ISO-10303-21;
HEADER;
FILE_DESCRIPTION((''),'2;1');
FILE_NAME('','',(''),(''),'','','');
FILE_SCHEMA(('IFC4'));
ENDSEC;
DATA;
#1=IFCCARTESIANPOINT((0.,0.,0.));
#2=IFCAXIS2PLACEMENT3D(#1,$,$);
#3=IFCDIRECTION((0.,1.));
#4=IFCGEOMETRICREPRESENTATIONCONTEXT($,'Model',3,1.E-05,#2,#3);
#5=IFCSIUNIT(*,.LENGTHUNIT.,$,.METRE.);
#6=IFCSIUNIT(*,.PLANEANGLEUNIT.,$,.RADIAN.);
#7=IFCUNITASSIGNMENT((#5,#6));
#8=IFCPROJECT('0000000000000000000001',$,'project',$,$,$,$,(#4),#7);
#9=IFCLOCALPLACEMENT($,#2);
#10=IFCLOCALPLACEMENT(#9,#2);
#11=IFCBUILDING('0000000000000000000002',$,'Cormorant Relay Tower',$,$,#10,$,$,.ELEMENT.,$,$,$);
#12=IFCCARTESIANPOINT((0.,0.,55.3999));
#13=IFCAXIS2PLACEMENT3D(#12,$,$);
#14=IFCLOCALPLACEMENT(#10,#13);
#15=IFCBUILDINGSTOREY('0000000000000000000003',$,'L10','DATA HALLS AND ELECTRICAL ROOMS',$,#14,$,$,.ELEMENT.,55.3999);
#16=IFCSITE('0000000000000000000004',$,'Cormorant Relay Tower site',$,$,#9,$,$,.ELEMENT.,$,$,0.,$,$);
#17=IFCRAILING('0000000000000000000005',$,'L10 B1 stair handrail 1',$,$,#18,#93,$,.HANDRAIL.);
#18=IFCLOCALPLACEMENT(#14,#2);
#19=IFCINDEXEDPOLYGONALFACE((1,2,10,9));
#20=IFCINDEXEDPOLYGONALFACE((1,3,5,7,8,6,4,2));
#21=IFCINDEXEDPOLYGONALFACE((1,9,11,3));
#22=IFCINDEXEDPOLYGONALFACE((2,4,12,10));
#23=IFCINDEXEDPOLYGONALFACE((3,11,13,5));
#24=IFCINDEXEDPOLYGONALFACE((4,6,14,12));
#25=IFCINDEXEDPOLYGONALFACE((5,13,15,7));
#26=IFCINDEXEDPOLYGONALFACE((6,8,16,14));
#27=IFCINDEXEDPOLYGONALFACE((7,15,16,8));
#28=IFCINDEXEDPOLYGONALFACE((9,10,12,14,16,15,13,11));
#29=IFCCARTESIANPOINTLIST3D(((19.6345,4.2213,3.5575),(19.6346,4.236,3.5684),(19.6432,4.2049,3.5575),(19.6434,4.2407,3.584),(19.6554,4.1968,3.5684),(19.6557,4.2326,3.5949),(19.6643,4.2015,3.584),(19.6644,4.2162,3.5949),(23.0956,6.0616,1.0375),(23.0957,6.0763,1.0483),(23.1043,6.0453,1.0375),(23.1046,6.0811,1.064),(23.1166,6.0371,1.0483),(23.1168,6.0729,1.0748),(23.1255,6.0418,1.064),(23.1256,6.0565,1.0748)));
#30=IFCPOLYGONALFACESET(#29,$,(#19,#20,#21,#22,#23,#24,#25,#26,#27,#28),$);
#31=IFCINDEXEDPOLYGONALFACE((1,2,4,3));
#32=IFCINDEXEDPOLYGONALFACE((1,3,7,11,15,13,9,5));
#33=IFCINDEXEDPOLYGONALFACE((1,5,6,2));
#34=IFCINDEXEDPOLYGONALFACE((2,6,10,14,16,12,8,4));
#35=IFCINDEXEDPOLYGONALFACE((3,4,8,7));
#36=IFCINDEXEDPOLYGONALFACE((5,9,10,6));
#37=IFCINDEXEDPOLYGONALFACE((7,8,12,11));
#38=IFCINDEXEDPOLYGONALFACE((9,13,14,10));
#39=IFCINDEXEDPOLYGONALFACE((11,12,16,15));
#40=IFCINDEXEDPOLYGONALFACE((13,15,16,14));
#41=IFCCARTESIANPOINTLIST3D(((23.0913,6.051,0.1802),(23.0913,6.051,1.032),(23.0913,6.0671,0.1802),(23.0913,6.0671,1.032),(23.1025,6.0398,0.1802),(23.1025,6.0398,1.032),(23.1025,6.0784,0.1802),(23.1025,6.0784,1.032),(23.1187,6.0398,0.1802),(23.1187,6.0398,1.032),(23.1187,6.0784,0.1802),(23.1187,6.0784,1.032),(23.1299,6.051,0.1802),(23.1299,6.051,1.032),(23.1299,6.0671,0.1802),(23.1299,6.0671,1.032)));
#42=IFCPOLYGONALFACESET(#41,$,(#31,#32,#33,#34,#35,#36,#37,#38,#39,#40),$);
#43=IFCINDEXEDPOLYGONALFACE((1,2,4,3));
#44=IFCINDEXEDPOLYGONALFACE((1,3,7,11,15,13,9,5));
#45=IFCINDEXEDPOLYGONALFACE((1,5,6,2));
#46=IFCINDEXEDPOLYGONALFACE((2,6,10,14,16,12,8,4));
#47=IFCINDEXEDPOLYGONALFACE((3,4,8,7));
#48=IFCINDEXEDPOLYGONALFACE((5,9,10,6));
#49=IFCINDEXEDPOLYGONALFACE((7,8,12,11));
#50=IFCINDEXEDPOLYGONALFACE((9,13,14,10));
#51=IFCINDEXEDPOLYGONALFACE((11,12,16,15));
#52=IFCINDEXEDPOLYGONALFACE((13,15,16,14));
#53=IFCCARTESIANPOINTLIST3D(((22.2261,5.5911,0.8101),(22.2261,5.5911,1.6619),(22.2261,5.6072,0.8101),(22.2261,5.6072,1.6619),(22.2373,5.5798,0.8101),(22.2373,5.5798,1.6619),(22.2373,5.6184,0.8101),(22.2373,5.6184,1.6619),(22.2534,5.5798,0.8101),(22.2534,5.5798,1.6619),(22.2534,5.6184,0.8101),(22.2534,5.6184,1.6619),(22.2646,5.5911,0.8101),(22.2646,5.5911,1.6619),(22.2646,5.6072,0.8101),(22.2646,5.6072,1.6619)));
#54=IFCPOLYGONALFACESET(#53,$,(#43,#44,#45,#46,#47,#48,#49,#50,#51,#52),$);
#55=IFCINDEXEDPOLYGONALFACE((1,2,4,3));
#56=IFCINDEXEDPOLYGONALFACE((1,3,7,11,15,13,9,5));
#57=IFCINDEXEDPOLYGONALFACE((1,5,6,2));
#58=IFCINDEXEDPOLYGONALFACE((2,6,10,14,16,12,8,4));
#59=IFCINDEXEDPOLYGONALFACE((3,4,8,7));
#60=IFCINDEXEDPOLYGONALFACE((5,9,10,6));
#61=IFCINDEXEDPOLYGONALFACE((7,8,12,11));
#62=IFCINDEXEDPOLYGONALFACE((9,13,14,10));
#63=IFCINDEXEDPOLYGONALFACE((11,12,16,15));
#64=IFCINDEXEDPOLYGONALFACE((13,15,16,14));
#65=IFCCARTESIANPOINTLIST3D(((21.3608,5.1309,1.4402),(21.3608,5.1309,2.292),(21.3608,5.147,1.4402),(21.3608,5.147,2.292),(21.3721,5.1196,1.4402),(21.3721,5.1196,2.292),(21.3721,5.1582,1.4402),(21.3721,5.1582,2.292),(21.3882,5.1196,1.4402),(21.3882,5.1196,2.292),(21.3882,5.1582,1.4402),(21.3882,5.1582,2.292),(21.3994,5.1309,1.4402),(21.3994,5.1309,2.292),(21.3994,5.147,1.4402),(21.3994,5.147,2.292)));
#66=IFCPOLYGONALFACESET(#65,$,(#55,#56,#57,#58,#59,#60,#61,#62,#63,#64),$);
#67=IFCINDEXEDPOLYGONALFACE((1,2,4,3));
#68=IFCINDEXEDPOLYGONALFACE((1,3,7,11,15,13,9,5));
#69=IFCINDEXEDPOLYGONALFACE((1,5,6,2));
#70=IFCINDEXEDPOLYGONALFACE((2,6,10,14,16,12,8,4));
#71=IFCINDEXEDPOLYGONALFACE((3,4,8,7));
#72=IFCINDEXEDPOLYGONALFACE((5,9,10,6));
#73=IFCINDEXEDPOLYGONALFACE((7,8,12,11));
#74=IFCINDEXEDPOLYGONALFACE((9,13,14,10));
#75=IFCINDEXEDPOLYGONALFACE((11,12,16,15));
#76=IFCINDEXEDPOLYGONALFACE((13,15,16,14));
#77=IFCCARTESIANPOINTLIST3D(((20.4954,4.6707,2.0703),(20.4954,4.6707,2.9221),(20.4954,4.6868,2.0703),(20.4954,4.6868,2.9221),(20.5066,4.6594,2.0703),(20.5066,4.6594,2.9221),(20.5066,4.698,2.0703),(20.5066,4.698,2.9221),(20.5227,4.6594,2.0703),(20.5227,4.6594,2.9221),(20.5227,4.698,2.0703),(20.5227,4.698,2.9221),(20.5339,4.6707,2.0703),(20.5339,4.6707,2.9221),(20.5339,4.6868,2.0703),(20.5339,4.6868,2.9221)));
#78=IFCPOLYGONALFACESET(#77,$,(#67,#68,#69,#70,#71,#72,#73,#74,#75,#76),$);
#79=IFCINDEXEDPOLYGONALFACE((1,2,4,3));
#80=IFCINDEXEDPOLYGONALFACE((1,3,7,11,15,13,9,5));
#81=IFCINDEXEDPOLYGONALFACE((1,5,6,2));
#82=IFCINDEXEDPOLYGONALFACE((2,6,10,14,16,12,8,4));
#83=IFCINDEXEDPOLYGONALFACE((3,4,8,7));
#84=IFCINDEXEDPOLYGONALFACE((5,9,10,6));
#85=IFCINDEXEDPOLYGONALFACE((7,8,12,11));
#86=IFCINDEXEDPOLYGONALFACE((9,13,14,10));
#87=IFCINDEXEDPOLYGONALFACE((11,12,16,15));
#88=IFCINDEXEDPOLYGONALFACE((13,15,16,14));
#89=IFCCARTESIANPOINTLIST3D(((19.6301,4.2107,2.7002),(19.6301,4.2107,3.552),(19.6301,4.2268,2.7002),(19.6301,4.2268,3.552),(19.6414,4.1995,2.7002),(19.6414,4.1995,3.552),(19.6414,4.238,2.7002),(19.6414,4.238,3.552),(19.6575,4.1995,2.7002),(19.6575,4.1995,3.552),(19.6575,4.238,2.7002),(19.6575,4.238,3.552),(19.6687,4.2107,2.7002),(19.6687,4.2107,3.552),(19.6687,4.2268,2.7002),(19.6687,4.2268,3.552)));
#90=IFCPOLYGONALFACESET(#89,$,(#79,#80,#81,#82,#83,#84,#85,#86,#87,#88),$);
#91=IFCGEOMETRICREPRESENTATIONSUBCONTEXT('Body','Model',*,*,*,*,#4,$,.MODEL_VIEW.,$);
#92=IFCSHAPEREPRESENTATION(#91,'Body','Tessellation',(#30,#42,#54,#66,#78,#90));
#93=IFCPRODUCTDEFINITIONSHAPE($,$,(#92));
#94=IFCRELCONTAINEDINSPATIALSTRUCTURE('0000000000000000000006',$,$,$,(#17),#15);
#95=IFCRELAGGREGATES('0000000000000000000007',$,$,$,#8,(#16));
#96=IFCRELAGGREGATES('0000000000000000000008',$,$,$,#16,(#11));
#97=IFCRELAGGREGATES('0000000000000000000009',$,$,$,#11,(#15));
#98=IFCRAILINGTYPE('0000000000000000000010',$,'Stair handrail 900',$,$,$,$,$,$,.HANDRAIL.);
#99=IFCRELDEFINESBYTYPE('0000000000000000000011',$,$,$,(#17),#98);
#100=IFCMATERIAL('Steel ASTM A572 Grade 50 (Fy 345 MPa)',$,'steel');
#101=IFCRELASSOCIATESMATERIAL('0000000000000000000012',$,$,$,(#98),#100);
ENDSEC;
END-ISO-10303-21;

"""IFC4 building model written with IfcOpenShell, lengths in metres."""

from ifc_helpers import new_model, si_unit, direction, frame, origin, place, context, subcontext, project, spatial, polyline, outline, extrude, material, type_object, element, save


model = new_model("IFC4")

# Units and contexts
model_context = context("Model", 3, precision=1e-05, world=origin(), true_north=direction((0.0, 1.0)))
body_context = subcontext(model_context, "Body", "Model", "MODEL_VIEW")
ifc_project = project(units=[si_unit("LENGTHUNIT", "METRE"), si_unit("PLANEANGLEUNIT", "RADIAN")], contexts=[model_context])

# Site, building, storey
site_placement = place(None, origin())
site = spatial("IfcSite", under=ifc_project, at=site_placement, Name="Cormorant Relay Tower site", CompositionType="ELEMENT", RefElevation=0.0)
building_placement = place(site_placement, origin())
building = spatial("IfcBuilding", under=site, at=building_placement, Name="Cormorant Relay Tower", CompositionType="ELEMENT")
storey_placement = place(building_placement, frame((0.0, 0.0, 55.3999)))
storey = spatial("IfcBuildingStorey", under=building, at=storey_placement, Name="L10", Description="DATA HALLS AND ELECTRICAL ROOMS", CompositionType="ELEMENT", Elevation=55.3999)

# Railing
ifc_material_1 = material(Name="Steel ASTM A572 Grade 50 (Fy 345 MPa)", Category="steel")
railing_type_1 = type_object("IfcRailingType", Name="Stair handrail 900", PredefinedType="HANDRAIL", material=ifc_material_1)
railing_1_placement = place(storey_placement, frame((23.1106, 6.0591, 0.1802)))
element("IfcRailing", 1, at=railing_1_placement, inside=storey, type_object=railing_type_1, Name="L10 B1 stair handrail 1", PredefinedType="HANDRAIL", context=body_context, shape_type="SweptSolid", body=[
    extrude(outline(polyline([(0.0222, 0.0093), (0.0093, 0.0222), (-0.0093, 0.0222), (-0.0222, 0.0093), (-0.0222, -0.0093), (-0.0093, -0.0222), (0.0093, -0.0222), (0.0222, -0.0093), (0.0222, 0.0093)])), frame((0.0, 0.0, 0.876), z_axis=(-0.742717, -0.394907, 0.540758), x_axis=(0.469469, -0.882949, 0.0)), (0.0, 0.0, 1.0), 4.6602),
    extrude(outline(polyline([(0.0193, 0.0081), (0.0081, 0.0193), (-0.0081, 0.0193), (-0.0193, 0.0081), (-0.0193, -0.0081), (-0.0081, -0.0193), (0.0081, -0.0193), (0.0193, -0.0081), (0.0193, 0.0081)])), origin(), (0.0, 0.0, 1.0), 0.8518),
    extrude(outline(polyline([(0.0193, 0.0081), (0.0081, 0.0193), (-0.0081, 0.0193), (-0.0193, 0.0081), (-0.0193, -0.0081), (-0.0081, -0.0193), (0.0081, -0.0193), (0.0193, -0.0081), (0.0193, 0.0081)])), frame((-0.8652, -0.46, 0.6299)), (0.0, 0.0, 1.0), 0.8518),
    extrude(outline(polyline([(0.0193, 0.0081), (0.0081, 0.0193), (-0.0081, 0.0193), (-0.0193, 0.0081), (-0.0193, -0.0081), (-0.0081, -0.0193), (0.0081, -0.0193), (0.0193, -0.0081), (0.0193, 0.0081)])), frame((-1.7305, -0.9202, 1.26)), (0.0, 0.0, 1.0), 0.8518),
    extrude(outline(polyline([(0.0193, 0.0081), (0.0081, 0.0193), (-0.0081, 0.0193), (-0.0193, 0.0081), (-0.0193, -0.0081), (-0.0081, -0.0193), (0.0081, -0.0193), (0.0193, -0.0081), (0.0193, 0.0081)])), frame((-2.5959, -1.3804, 1.8901)), (0.0, 0.0, 1.0), 0.8518),
    extrude(outline(polyline([(0.0193, 0.0081), (0.0081, 0.0193), (-0.0081, 0.0193), (-0.0193, 0.0081), (-0.0193, -0.0081), (-0.0081, -0.0193), (0.0081, -0.0193), (0.0193, -0.0081), (0.0193, 0.0081)])), frame((-3.4612, -1.8403, 2.52)), (0.0, 0.0, 1.0), 0.8518),
])

save(model, "model.ifc")
